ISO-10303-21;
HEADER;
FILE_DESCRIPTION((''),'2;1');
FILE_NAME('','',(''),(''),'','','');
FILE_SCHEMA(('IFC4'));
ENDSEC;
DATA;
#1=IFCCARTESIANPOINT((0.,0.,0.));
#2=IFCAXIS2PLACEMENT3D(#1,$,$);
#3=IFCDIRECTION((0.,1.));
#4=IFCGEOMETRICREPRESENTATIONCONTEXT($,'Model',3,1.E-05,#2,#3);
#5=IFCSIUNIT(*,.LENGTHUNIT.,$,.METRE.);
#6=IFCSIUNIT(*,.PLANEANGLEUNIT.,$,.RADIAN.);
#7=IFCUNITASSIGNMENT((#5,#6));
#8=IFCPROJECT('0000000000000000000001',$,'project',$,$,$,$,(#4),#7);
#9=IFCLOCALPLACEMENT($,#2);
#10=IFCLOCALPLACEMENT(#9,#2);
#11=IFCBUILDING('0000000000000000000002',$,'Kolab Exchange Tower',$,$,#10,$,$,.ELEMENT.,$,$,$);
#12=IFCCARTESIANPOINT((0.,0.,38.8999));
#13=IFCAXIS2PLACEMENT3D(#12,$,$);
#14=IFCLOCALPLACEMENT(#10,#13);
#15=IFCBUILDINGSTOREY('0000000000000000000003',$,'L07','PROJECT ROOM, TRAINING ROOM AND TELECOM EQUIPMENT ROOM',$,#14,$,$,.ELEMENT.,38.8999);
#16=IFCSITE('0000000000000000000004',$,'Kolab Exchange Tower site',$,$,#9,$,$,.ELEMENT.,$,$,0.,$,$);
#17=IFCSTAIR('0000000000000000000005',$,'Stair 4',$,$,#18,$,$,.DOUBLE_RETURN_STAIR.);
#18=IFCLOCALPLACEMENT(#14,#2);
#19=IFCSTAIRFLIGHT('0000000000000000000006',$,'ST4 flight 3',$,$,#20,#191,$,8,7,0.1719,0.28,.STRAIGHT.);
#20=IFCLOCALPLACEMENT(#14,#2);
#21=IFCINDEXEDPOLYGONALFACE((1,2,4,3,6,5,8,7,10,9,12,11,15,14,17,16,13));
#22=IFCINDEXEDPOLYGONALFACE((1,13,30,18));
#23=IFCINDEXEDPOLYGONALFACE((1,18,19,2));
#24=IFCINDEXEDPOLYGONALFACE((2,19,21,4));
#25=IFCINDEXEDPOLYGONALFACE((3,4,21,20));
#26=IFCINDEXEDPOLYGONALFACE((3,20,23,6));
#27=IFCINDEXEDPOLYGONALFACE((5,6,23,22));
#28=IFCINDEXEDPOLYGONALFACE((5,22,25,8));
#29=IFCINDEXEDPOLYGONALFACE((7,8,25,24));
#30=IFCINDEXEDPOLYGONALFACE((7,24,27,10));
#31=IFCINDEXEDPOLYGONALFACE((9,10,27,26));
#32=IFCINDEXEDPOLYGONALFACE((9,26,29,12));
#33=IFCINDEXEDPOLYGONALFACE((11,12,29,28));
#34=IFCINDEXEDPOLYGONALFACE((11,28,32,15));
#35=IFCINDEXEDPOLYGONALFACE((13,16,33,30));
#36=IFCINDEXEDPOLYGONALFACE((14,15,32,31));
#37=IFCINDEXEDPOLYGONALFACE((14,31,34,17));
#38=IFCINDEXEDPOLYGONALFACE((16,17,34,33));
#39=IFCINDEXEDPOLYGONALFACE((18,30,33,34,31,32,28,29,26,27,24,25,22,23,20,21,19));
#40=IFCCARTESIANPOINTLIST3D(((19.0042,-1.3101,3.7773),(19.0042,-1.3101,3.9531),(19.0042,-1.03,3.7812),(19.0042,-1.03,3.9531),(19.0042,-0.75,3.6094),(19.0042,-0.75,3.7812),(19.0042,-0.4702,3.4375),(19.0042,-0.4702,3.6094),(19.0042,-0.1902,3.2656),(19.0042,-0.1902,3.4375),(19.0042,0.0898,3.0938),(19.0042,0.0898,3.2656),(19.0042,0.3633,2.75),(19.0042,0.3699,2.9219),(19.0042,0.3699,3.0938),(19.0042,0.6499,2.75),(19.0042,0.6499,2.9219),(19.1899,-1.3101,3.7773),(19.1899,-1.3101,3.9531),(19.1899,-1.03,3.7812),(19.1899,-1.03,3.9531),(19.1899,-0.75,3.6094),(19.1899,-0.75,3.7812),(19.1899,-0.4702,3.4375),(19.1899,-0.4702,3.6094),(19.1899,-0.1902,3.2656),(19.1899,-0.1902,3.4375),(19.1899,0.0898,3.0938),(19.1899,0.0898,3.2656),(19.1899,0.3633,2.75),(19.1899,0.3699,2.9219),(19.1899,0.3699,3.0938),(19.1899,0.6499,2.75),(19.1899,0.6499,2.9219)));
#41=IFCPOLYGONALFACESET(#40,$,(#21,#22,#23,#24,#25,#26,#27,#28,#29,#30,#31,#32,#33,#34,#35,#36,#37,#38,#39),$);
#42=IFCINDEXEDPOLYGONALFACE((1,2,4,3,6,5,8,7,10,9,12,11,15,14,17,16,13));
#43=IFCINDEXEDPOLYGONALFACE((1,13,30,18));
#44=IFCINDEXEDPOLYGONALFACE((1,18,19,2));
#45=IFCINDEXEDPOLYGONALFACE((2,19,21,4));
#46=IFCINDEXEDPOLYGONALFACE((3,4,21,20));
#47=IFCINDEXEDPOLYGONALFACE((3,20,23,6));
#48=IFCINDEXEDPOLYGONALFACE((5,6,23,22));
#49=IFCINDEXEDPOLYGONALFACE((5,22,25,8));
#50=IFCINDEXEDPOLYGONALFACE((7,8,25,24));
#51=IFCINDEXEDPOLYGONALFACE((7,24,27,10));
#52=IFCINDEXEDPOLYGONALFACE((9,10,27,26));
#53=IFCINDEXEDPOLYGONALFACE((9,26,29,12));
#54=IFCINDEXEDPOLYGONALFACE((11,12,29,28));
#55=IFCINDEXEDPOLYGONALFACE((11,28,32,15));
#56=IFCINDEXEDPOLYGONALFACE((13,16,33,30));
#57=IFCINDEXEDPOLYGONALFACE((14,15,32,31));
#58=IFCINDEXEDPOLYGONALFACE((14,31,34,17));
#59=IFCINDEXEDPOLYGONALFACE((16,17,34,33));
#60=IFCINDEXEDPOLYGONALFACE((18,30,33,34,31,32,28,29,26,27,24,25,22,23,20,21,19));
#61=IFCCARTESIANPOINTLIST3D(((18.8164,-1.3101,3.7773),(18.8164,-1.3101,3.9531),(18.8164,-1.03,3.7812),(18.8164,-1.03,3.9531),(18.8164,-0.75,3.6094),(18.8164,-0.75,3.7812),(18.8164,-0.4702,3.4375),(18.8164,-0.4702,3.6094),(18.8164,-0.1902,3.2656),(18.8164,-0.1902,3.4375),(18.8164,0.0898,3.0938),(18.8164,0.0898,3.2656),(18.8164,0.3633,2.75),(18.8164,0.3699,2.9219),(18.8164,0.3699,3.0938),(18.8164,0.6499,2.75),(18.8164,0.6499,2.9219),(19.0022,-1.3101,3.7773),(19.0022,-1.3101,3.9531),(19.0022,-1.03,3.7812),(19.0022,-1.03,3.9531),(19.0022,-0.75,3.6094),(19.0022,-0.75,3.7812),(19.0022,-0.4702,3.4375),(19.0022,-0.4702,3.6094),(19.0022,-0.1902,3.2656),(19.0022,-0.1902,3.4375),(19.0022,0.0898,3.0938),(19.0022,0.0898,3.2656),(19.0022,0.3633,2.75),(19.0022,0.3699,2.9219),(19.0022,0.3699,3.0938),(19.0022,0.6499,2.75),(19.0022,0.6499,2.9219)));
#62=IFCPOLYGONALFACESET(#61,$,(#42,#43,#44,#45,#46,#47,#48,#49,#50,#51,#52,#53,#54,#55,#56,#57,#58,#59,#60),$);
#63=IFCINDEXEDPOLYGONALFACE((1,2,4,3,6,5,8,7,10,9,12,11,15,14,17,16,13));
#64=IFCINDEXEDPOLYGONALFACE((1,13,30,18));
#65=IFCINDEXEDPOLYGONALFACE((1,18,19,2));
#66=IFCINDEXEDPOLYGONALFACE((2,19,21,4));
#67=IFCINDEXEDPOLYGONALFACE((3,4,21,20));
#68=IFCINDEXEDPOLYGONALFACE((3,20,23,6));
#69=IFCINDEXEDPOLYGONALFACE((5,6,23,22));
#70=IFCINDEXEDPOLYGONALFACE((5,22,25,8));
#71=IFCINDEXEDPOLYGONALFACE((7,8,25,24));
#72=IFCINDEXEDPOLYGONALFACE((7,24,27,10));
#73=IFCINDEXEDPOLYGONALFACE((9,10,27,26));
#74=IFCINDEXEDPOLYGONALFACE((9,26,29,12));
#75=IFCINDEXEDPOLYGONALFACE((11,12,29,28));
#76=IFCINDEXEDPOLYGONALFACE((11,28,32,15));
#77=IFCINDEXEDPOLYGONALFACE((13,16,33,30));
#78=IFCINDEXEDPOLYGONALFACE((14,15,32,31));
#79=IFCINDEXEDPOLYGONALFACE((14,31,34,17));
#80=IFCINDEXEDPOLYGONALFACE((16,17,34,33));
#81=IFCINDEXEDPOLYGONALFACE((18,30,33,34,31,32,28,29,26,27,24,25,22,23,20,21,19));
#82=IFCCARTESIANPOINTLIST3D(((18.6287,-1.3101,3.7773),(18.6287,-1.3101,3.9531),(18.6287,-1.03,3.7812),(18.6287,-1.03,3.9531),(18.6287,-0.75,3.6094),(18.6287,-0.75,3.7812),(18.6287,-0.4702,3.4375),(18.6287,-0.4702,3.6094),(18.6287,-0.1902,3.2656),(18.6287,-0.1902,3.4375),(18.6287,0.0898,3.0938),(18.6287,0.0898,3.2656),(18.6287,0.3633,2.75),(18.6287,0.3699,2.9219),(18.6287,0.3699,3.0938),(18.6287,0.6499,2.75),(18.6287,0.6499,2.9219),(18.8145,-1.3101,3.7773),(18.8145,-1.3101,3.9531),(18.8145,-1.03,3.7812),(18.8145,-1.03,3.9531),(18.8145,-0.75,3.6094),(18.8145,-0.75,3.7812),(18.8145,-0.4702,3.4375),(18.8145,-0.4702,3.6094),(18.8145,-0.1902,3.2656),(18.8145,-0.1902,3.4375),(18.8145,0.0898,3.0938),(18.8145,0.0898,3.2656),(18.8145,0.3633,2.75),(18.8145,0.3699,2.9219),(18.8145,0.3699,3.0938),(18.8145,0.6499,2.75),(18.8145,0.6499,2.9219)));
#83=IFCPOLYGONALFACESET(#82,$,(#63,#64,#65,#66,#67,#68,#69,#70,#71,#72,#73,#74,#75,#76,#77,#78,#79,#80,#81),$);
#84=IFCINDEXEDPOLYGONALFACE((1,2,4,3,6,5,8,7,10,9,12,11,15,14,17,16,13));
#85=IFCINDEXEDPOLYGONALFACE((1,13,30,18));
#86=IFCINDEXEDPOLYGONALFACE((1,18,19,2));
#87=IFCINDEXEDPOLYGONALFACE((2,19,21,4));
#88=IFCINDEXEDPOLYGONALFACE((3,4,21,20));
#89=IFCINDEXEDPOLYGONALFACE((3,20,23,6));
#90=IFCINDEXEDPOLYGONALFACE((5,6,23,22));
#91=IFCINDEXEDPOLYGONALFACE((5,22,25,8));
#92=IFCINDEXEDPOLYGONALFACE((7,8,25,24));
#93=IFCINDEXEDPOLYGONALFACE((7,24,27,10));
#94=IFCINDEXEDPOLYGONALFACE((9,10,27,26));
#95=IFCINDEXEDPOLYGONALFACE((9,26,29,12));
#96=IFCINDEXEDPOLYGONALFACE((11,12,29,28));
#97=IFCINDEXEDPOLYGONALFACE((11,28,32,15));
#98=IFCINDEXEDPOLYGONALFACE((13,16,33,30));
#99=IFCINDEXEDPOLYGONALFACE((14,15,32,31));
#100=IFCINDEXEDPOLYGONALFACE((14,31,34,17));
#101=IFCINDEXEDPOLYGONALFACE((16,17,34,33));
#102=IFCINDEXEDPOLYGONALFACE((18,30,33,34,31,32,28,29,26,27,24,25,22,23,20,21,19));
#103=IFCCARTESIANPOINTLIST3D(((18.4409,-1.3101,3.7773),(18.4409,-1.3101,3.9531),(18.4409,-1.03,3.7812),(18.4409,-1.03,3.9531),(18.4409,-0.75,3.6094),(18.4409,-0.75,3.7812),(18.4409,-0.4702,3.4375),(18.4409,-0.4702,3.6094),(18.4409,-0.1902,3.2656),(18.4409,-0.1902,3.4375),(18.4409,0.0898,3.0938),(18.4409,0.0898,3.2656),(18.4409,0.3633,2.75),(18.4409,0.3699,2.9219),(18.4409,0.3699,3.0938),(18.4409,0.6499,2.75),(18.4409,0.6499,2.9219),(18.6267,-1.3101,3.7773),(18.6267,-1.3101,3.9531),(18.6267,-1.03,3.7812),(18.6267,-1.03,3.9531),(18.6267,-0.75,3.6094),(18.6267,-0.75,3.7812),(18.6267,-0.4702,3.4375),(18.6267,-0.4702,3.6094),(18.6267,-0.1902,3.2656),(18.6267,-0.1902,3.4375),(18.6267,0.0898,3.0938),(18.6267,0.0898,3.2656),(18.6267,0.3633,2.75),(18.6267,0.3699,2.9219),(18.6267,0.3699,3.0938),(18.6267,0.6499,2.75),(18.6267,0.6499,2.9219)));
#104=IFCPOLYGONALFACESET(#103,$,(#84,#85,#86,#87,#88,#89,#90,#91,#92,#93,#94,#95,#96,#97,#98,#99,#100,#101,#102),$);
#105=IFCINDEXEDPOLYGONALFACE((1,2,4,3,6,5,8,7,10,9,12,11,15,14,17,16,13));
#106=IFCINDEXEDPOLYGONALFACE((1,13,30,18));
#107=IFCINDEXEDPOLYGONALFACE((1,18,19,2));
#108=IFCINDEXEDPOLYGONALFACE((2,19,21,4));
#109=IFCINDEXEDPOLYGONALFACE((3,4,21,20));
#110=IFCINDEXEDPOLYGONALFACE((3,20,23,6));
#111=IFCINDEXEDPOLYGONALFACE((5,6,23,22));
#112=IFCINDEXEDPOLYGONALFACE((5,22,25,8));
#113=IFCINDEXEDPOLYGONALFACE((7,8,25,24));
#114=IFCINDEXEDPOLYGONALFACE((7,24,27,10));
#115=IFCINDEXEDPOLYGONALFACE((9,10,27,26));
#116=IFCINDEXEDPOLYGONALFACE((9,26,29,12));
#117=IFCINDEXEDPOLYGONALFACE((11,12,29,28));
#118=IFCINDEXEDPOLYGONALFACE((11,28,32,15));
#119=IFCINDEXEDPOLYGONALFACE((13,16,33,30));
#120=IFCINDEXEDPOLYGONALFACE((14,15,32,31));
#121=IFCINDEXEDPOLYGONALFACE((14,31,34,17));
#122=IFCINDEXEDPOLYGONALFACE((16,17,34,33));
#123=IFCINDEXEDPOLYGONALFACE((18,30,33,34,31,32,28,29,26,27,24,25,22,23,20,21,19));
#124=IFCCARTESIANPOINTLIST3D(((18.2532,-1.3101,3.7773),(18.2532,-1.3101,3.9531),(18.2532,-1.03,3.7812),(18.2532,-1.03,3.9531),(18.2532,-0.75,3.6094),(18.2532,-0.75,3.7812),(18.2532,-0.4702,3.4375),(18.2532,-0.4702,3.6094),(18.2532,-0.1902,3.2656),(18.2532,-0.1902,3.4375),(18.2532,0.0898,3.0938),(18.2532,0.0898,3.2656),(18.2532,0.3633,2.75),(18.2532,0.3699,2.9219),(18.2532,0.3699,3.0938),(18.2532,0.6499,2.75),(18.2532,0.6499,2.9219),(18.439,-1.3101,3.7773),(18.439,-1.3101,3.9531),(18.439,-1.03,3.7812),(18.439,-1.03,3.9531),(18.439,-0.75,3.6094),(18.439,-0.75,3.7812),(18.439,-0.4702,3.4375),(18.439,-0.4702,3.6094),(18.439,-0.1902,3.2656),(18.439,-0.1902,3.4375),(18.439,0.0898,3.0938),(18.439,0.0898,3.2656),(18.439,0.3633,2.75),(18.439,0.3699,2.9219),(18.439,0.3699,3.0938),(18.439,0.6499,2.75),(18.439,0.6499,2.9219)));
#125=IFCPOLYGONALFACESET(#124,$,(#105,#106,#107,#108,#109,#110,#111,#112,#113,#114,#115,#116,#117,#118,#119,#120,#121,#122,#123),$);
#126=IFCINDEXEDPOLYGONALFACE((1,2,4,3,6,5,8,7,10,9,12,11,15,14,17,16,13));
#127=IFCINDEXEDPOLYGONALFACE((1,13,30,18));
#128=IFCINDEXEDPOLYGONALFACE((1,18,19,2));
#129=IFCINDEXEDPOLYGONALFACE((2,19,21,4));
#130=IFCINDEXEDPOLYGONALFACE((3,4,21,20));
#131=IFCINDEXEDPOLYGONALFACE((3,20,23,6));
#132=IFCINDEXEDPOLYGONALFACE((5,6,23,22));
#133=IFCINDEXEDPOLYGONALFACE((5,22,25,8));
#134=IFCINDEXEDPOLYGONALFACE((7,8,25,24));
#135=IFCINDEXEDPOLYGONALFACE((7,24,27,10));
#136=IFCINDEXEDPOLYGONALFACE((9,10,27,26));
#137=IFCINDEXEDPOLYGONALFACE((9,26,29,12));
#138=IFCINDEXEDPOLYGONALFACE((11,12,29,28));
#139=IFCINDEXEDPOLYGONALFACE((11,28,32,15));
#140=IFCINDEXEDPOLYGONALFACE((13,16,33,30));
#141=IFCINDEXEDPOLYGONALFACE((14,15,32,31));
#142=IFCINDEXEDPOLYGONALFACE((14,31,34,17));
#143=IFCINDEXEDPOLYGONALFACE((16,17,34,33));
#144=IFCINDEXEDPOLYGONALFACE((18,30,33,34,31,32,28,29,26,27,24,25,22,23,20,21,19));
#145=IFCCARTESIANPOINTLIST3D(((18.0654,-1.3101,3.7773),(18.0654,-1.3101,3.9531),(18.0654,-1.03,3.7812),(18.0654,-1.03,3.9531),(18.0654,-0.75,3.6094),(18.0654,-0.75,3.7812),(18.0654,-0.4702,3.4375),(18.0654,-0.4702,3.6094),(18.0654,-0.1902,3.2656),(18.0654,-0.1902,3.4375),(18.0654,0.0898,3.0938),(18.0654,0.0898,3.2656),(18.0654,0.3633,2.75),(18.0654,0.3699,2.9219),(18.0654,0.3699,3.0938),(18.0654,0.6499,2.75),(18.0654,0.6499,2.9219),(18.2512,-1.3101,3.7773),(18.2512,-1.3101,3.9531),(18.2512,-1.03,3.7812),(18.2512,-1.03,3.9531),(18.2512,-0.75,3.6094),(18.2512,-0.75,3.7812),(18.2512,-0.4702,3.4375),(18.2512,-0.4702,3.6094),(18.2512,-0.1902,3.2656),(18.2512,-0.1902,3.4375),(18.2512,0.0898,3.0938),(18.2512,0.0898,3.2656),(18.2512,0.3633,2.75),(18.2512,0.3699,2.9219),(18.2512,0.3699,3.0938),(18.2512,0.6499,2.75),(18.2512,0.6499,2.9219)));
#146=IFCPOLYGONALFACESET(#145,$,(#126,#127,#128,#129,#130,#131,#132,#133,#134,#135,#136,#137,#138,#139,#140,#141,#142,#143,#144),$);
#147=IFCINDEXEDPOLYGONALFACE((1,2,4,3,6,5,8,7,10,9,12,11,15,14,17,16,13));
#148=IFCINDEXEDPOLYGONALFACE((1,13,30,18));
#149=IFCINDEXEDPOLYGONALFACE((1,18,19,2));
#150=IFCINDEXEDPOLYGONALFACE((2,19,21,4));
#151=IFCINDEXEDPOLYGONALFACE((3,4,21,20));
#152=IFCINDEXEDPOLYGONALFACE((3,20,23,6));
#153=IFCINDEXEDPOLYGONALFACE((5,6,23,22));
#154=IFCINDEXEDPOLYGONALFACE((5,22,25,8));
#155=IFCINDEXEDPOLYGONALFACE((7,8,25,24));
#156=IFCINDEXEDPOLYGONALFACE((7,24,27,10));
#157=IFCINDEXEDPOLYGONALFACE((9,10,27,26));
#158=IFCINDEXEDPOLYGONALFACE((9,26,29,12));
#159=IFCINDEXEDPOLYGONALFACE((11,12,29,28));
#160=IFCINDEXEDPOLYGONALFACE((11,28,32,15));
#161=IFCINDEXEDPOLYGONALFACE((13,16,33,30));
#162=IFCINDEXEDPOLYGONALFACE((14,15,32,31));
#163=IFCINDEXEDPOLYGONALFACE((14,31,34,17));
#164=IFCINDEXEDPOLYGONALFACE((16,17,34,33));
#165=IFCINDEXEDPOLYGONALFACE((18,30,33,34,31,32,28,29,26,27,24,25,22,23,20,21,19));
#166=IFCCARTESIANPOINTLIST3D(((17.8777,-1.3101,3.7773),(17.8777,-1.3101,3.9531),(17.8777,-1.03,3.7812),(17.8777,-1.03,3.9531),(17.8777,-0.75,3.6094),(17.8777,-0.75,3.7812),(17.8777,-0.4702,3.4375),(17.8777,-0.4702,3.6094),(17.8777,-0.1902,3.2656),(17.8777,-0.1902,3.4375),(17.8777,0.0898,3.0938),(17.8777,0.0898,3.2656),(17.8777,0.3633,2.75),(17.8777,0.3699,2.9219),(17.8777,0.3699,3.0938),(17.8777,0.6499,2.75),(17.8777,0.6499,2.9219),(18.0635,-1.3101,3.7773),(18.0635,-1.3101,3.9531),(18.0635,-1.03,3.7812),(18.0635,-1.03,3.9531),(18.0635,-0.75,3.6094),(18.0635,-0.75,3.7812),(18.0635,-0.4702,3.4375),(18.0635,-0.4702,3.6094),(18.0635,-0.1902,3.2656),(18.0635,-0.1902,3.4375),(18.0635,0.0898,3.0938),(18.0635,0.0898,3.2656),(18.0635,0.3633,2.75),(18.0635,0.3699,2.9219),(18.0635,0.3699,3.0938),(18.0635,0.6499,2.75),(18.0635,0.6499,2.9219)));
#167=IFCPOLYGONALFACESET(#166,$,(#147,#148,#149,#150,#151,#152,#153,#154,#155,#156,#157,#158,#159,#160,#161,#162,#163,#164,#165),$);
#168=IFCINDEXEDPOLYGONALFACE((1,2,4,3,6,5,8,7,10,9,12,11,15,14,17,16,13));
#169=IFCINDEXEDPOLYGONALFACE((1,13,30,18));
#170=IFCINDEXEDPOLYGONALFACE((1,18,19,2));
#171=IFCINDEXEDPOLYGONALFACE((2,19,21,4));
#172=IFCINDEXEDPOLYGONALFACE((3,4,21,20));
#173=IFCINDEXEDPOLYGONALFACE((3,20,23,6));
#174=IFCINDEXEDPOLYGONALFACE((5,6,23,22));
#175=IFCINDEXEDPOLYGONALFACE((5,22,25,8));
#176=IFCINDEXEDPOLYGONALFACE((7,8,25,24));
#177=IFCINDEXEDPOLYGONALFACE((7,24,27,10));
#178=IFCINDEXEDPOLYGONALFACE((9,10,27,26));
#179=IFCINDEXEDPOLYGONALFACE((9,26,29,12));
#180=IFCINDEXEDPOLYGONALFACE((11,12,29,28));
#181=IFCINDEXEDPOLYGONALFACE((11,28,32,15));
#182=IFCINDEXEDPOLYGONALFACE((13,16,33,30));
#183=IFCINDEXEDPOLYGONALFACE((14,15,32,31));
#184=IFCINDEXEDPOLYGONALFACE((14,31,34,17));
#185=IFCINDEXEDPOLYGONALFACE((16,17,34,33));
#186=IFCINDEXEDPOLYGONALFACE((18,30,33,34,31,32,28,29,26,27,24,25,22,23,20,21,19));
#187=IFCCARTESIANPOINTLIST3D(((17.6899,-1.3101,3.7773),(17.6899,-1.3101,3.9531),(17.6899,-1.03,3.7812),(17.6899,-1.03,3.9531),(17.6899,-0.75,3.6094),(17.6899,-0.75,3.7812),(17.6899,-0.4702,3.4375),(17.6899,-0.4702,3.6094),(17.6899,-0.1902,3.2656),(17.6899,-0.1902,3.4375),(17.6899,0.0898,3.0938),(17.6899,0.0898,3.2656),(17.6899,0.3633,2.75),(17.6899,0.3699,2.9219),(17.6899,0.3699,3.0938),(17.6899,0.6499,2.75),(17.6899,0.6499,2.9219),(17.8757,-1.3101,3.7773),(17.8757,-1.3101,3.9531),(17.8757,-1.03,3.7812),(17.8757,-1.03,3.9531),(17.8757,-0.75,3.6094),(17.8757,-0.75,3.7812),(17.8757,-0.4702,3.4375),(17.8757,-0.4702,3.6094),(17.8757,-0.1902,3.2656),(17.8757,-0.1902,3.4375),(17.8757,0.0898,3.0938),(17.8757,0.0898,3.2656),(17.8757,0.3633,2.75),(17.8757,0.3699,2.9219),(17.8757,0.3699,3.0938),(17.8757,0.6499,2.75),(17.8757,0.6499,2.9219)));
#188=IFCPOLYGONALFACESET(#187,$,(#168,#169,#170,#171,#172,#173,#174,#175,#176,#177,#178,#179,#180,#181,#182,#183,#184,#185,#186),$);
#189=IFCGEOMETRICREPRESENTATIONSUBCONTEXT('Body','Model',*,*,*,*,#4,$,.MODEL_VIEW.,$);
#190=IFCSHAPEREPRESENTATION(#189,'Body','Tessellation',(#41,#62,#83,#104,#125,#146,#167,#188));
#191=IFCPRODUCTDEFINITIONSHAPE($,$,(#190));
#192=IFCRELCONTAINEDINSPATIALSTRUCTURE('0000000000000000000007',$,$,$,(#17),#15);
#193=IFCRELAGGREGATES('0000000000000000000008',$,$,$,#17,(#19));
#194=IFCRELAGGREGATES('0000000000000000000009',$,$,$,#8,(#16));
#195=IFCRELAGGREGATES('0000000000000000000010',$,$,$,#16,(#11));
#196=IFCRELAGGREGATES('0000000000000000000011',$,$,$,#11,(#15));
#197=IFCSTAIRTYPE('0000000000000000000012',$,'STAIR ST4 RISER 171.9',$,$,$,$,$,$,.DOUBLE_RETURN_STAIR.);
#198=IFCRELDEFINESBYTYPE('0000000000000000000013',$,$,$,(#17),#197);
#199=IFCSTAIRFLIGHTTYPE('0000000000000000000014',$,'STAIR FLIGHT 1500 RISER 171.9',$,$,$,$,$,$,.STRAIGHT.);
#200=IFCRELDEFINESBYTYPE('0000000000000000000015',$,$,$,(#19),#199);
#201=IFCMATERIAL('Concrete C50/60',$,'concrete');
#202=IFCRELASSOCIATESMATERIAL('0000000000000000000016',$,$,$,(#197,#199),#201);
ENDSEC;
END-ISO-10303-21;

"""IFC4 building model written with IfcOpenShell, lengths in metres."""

from ifc_helpers import new_model, si_unit, direction, frame, origin, place, context, subcontext, project, spatial, polyline, outline, extrude, material, type_object, element, aggregate, save


model = new_model("IFC4")

# Units and contexts
model_context = context("Model", 3, precision=1e-05, world=origin(), true_north=direction((0.0, 1.0)))
body_context = subcontext(model_context, "Body", "Model", "MODEL_VIEW")
ifc_project = project(units=[si_unit("LENGTHUNIT", "METRE"), si_unit("PLANEANGLEUNIT", "RADIAN")], contexts=[model_context])

# Site, building, storey
site_placement = place(None, origin())
site = spatial("IfcSite", under=ifc_project, at=site_placement, Name="Kolab Exchange Tower site", CompositionType="ELEMENT", RefElevation=0.0)
building_placement = place(site_placement, origin())
building = spatial("IfcBuilding", under=site, at=building_placement, Name="Kolab Exchange Tower", CompositionType="ELEMENT")
storey_placement = place(building_placement, frame((0.0, 0.0, 38.8999)))
storey = spatial("IfcBuildingStorey", under=building, at=storey_placement, Name="L07", Description="PROJECT ROOM, TRAINING ROOM AND TELECOM EQUIPMENT ROOM", CompositionType="ELEMENT", Elevation=38.8999)

# Shared definitions
ifc_material_1 = material(Name="Concrete C50/60", Category="concrete")

# Stair, stair flight
stair_type_1 = type_object("IfcStairType", Name="STAIR ST4 RISER 171.9", PredefinedType="DOUBLE_RETURN_STAIR", material=ifc_material_1)
stair_1_placement = place(storey_placement, origin())
stair_1 = element("IfcStair", 1, at=stair_1_placement, inside=storey, type_object=stair_type_1, Name="Stair 4", PredefinedType="DOUBLE_RETURN_STAIR")
stair_flight_type = type_object("IfcStairFlightType", Name="STAIR FLIGHT 1500 RISER 171.9", PredefinedType="STRAIGHT", material=ifc_material_1)
stair_flight_1_placement = place(storey_placement, frame((18.4399, 0.6499, 2.75), z_axis=(0.0, 0.0, 1.0), x_axis=(0.0, -1.0, 0.0)))
stair_flight_1 = element("IfcStairFlight", 2, at=stair_flight_1_placement, type_object=stair_flight_type, Name="ST4 flight 3", NumberOfRisers=8, NumberOfTreads=7, PredefinedType="STRAIGHT", RiserHeight=0.1719, TreadLength=0.28, context=body_context, shape_type="SweptSolid", body=[
    extrude(outline(polyline([(0.0, 0.0), (0.0, 0.1719), (0.28, 0.1719), (0.28, 0.3438), (0.5601, 0.3438), (0.5601, 0.5156), (0.8401, 0.5156), (0.8401, 0.6875), (1.1201, 0.6875), (1.1201, 0.8594), (1.3999, 0.8594), (1.3999, 1.0312), (1.6799, 1.0312), (1.6799, 1.2031), (1.96, 1.2031), (1.96, 1.375), (1.96, 1.0273), (0.2866, 0.0), (0.0, 0.0)])), frame((0.0, 0.75, 0.0), z_axis=(0.0, -1.0, 0.0), x_axis=(1.0, 0.0, 0.0)), (0.0, 0.0, 1.0), 0.1858),
    extrude(outline(polyline([(0.0, 0.0), (0.0, 0.1719), (0.28, 0.1719), (0.28, 0.3438), (0.5601, 0.3438), (0.5601, 0.5156), (0.8401, 0.5156), (0.8401, 0.6875), (1.1201, 0.6875), (1.1201, 0.8594), (1.3999, 0.8594), (1.3999, 1.0312), (1.6799, 1.0312), (1.6799, 1.2031), (1.96, 1.2031), (1.96, 1.375), (1.96, 1.0273), (0.2866, 0.0), (0.0, 0.0)])), frame((0.0, 0.5623, 0.0), z_axis=(0.0, -1.0, 0.0), x_axis=(1.0, 0.0, 0.0)), (0.0, 0.0, 1.0), 0.1858),
    extrude(outline(polyline([(0.0, 0.0), (0.0, 0.1719), (0.28, 0.1719), (0.28, 0.3438), (0.5601, 0.3438), (0.5601, 0.5156), (0.8401, 0.5156), (0.8401, 0.6875), (1.1201, 0.6875), (1.1201, 0.8594), (1.3999, 0.8594), (1.3999, 1.0312), (1.6799, 1.0312), (1.6799, 1.2031), (1.96, 1.2031), (1.96, 1.375), (1.96, 1.0273), (0.2866, 0.0), (0.0, 0.0)])), frame((0.0, 0.3745, 0.0), z_axis=(0.0, -1.0, 0.0), x_axis=(1.0, 0.0, 0.0)), (0.0, 0.0, 1.0), 0.1858),
    extrude(outline(polyline([(0.0, 0.0), (0.0, 0.1719), (0.28, 0.1719), (0.28, 0.3438), (0.5601, 0.3438), (0.5601, 0.5156), (0.8401, 0.5156), (0.8401, 0.6875), (1.1201, 0.6875), (1.1201, 0.8594), (1.3999, 0.8594), (1.3999, 1.0312), (1.6799, 1.0312), (1.6799, 1.2031), (1.96, 1.2031), (1.96, 1.375), (1.96, 1.0273), (0.2866, 0.0), (0.0, 0.0)])), frame((0.0, 0.1868, 0.0), z_axis=(0.0, -1.0, 0.0), x_axis=(1.0, 0.0, 0.0)), (0.0, 0.0, 1.0), 0.1858),
    extrude(outline(polyline([(0.0, 0.0), (0.0, 0.1719), (0.28, 0.1719), (0.28, 0.3438), (0.5601, 0.3438), (0.5601, 0.5156), (0.8401, 0.5156), (0.8401, 0.6875), (1.1201, 0.6875), (1.1201, 0.8594), (1.3999, 0.8594), (1.3999, 1.0312), (1.6799, 1.0312), (1.6799, 1.2031), (1.96, 1.2031), (1.96, 1.375), (1.96, 1.0273), (0.2866, 0.0), (0.0, 0.0)])), frame((0.0, -0.001, 0.0), z_axis=(0.0, -1.0, 0.0), x_axis=(1.0, 0.0, 0.0)), (0.0, 0.0, 1.0), 0.1858),
    extrude(outline(polyline([(0.0, 0.0), (0.0, 0.1719), (0.28, 0.1719), (0.28, 0.3438), (0.5601, 0.3438), (0.5601, 0.5156), (0.8401, 0.5156), (0.8401, 0.6875), (1.1201, 0.6875), (1.1201, 0.8594), (1.3999, 0.8594), (1.3999, 1.0312), (1.6799, 1.0312), (1.6799, 1.2031), (1.96, 1.2031), (1.96, 1.375), (1.96, 1.0273), (0.2866, 0.0), (0.0, 0.0)])), frame((0.0, -0.1887, 0.0), z_axis=(0.0, -1.0, 0.0), x_axis=(1.0, 0.0, 0.0)), (0.0, 0.0, 1.0), 0.1858),
    extrude(outline(polyline([(0.0, 0.0), (0.0, 0.1719), (0.28, 0.1719), (0.28, 0.3438), (0.5601, 0.3438), (0.5601, 0.5156), (0.8401, 0.5156), (0.8401, 0.6875), (1.1201, 0.6875), (1.1201, 0.8594), (1.3999, 0.8594), (1.3999, 1.0312), (1.6799, 1.0312), (1.6799, 1.2031), (1.96, 1.2031), (1.96, 1.375), (1.96, 1.0273), (0.2866, 0.0), (0.0, 0.0)])), frame((0.0, -0.3765, 0.0), z_axis=(0.0, -1.0, 0.0), x_axis=(1.0, 0.0, 0.0)), (0.0, 0.0, 1.0), 0.1858),
    extrude(outline(polyline([(0.0, 0.0), (0.0, 0.1719), (0.28, 0.1719), (0.28, 0.3438), (0.5601, 0.3438), (0.5601, 0.5156), (0.8401, 0.5156), (0.8401, 0.6875), (1.1201, 0.6875), (1.1201, 0.8594), (1.3999, 0.8594), (1.3999, 1.0312), (1.6799, 1.0312), (1.6799, 1.2031), (1.96, 1.2031), (1.96, 1.375), (1.96, 1.0273), (0.2866, 0.0), (0.0, 0.0)])), frame((0.0, -0.5642, 0.0), z_axis=(0.0, -1.0, 0.0), x_axis=(1.0, 0.0, 0.0)), (0.0, 0.0, 1.0), 0.1858),
])
aggregate(stair_1, [stair_flight_1])

save(model, "model.ifc")
